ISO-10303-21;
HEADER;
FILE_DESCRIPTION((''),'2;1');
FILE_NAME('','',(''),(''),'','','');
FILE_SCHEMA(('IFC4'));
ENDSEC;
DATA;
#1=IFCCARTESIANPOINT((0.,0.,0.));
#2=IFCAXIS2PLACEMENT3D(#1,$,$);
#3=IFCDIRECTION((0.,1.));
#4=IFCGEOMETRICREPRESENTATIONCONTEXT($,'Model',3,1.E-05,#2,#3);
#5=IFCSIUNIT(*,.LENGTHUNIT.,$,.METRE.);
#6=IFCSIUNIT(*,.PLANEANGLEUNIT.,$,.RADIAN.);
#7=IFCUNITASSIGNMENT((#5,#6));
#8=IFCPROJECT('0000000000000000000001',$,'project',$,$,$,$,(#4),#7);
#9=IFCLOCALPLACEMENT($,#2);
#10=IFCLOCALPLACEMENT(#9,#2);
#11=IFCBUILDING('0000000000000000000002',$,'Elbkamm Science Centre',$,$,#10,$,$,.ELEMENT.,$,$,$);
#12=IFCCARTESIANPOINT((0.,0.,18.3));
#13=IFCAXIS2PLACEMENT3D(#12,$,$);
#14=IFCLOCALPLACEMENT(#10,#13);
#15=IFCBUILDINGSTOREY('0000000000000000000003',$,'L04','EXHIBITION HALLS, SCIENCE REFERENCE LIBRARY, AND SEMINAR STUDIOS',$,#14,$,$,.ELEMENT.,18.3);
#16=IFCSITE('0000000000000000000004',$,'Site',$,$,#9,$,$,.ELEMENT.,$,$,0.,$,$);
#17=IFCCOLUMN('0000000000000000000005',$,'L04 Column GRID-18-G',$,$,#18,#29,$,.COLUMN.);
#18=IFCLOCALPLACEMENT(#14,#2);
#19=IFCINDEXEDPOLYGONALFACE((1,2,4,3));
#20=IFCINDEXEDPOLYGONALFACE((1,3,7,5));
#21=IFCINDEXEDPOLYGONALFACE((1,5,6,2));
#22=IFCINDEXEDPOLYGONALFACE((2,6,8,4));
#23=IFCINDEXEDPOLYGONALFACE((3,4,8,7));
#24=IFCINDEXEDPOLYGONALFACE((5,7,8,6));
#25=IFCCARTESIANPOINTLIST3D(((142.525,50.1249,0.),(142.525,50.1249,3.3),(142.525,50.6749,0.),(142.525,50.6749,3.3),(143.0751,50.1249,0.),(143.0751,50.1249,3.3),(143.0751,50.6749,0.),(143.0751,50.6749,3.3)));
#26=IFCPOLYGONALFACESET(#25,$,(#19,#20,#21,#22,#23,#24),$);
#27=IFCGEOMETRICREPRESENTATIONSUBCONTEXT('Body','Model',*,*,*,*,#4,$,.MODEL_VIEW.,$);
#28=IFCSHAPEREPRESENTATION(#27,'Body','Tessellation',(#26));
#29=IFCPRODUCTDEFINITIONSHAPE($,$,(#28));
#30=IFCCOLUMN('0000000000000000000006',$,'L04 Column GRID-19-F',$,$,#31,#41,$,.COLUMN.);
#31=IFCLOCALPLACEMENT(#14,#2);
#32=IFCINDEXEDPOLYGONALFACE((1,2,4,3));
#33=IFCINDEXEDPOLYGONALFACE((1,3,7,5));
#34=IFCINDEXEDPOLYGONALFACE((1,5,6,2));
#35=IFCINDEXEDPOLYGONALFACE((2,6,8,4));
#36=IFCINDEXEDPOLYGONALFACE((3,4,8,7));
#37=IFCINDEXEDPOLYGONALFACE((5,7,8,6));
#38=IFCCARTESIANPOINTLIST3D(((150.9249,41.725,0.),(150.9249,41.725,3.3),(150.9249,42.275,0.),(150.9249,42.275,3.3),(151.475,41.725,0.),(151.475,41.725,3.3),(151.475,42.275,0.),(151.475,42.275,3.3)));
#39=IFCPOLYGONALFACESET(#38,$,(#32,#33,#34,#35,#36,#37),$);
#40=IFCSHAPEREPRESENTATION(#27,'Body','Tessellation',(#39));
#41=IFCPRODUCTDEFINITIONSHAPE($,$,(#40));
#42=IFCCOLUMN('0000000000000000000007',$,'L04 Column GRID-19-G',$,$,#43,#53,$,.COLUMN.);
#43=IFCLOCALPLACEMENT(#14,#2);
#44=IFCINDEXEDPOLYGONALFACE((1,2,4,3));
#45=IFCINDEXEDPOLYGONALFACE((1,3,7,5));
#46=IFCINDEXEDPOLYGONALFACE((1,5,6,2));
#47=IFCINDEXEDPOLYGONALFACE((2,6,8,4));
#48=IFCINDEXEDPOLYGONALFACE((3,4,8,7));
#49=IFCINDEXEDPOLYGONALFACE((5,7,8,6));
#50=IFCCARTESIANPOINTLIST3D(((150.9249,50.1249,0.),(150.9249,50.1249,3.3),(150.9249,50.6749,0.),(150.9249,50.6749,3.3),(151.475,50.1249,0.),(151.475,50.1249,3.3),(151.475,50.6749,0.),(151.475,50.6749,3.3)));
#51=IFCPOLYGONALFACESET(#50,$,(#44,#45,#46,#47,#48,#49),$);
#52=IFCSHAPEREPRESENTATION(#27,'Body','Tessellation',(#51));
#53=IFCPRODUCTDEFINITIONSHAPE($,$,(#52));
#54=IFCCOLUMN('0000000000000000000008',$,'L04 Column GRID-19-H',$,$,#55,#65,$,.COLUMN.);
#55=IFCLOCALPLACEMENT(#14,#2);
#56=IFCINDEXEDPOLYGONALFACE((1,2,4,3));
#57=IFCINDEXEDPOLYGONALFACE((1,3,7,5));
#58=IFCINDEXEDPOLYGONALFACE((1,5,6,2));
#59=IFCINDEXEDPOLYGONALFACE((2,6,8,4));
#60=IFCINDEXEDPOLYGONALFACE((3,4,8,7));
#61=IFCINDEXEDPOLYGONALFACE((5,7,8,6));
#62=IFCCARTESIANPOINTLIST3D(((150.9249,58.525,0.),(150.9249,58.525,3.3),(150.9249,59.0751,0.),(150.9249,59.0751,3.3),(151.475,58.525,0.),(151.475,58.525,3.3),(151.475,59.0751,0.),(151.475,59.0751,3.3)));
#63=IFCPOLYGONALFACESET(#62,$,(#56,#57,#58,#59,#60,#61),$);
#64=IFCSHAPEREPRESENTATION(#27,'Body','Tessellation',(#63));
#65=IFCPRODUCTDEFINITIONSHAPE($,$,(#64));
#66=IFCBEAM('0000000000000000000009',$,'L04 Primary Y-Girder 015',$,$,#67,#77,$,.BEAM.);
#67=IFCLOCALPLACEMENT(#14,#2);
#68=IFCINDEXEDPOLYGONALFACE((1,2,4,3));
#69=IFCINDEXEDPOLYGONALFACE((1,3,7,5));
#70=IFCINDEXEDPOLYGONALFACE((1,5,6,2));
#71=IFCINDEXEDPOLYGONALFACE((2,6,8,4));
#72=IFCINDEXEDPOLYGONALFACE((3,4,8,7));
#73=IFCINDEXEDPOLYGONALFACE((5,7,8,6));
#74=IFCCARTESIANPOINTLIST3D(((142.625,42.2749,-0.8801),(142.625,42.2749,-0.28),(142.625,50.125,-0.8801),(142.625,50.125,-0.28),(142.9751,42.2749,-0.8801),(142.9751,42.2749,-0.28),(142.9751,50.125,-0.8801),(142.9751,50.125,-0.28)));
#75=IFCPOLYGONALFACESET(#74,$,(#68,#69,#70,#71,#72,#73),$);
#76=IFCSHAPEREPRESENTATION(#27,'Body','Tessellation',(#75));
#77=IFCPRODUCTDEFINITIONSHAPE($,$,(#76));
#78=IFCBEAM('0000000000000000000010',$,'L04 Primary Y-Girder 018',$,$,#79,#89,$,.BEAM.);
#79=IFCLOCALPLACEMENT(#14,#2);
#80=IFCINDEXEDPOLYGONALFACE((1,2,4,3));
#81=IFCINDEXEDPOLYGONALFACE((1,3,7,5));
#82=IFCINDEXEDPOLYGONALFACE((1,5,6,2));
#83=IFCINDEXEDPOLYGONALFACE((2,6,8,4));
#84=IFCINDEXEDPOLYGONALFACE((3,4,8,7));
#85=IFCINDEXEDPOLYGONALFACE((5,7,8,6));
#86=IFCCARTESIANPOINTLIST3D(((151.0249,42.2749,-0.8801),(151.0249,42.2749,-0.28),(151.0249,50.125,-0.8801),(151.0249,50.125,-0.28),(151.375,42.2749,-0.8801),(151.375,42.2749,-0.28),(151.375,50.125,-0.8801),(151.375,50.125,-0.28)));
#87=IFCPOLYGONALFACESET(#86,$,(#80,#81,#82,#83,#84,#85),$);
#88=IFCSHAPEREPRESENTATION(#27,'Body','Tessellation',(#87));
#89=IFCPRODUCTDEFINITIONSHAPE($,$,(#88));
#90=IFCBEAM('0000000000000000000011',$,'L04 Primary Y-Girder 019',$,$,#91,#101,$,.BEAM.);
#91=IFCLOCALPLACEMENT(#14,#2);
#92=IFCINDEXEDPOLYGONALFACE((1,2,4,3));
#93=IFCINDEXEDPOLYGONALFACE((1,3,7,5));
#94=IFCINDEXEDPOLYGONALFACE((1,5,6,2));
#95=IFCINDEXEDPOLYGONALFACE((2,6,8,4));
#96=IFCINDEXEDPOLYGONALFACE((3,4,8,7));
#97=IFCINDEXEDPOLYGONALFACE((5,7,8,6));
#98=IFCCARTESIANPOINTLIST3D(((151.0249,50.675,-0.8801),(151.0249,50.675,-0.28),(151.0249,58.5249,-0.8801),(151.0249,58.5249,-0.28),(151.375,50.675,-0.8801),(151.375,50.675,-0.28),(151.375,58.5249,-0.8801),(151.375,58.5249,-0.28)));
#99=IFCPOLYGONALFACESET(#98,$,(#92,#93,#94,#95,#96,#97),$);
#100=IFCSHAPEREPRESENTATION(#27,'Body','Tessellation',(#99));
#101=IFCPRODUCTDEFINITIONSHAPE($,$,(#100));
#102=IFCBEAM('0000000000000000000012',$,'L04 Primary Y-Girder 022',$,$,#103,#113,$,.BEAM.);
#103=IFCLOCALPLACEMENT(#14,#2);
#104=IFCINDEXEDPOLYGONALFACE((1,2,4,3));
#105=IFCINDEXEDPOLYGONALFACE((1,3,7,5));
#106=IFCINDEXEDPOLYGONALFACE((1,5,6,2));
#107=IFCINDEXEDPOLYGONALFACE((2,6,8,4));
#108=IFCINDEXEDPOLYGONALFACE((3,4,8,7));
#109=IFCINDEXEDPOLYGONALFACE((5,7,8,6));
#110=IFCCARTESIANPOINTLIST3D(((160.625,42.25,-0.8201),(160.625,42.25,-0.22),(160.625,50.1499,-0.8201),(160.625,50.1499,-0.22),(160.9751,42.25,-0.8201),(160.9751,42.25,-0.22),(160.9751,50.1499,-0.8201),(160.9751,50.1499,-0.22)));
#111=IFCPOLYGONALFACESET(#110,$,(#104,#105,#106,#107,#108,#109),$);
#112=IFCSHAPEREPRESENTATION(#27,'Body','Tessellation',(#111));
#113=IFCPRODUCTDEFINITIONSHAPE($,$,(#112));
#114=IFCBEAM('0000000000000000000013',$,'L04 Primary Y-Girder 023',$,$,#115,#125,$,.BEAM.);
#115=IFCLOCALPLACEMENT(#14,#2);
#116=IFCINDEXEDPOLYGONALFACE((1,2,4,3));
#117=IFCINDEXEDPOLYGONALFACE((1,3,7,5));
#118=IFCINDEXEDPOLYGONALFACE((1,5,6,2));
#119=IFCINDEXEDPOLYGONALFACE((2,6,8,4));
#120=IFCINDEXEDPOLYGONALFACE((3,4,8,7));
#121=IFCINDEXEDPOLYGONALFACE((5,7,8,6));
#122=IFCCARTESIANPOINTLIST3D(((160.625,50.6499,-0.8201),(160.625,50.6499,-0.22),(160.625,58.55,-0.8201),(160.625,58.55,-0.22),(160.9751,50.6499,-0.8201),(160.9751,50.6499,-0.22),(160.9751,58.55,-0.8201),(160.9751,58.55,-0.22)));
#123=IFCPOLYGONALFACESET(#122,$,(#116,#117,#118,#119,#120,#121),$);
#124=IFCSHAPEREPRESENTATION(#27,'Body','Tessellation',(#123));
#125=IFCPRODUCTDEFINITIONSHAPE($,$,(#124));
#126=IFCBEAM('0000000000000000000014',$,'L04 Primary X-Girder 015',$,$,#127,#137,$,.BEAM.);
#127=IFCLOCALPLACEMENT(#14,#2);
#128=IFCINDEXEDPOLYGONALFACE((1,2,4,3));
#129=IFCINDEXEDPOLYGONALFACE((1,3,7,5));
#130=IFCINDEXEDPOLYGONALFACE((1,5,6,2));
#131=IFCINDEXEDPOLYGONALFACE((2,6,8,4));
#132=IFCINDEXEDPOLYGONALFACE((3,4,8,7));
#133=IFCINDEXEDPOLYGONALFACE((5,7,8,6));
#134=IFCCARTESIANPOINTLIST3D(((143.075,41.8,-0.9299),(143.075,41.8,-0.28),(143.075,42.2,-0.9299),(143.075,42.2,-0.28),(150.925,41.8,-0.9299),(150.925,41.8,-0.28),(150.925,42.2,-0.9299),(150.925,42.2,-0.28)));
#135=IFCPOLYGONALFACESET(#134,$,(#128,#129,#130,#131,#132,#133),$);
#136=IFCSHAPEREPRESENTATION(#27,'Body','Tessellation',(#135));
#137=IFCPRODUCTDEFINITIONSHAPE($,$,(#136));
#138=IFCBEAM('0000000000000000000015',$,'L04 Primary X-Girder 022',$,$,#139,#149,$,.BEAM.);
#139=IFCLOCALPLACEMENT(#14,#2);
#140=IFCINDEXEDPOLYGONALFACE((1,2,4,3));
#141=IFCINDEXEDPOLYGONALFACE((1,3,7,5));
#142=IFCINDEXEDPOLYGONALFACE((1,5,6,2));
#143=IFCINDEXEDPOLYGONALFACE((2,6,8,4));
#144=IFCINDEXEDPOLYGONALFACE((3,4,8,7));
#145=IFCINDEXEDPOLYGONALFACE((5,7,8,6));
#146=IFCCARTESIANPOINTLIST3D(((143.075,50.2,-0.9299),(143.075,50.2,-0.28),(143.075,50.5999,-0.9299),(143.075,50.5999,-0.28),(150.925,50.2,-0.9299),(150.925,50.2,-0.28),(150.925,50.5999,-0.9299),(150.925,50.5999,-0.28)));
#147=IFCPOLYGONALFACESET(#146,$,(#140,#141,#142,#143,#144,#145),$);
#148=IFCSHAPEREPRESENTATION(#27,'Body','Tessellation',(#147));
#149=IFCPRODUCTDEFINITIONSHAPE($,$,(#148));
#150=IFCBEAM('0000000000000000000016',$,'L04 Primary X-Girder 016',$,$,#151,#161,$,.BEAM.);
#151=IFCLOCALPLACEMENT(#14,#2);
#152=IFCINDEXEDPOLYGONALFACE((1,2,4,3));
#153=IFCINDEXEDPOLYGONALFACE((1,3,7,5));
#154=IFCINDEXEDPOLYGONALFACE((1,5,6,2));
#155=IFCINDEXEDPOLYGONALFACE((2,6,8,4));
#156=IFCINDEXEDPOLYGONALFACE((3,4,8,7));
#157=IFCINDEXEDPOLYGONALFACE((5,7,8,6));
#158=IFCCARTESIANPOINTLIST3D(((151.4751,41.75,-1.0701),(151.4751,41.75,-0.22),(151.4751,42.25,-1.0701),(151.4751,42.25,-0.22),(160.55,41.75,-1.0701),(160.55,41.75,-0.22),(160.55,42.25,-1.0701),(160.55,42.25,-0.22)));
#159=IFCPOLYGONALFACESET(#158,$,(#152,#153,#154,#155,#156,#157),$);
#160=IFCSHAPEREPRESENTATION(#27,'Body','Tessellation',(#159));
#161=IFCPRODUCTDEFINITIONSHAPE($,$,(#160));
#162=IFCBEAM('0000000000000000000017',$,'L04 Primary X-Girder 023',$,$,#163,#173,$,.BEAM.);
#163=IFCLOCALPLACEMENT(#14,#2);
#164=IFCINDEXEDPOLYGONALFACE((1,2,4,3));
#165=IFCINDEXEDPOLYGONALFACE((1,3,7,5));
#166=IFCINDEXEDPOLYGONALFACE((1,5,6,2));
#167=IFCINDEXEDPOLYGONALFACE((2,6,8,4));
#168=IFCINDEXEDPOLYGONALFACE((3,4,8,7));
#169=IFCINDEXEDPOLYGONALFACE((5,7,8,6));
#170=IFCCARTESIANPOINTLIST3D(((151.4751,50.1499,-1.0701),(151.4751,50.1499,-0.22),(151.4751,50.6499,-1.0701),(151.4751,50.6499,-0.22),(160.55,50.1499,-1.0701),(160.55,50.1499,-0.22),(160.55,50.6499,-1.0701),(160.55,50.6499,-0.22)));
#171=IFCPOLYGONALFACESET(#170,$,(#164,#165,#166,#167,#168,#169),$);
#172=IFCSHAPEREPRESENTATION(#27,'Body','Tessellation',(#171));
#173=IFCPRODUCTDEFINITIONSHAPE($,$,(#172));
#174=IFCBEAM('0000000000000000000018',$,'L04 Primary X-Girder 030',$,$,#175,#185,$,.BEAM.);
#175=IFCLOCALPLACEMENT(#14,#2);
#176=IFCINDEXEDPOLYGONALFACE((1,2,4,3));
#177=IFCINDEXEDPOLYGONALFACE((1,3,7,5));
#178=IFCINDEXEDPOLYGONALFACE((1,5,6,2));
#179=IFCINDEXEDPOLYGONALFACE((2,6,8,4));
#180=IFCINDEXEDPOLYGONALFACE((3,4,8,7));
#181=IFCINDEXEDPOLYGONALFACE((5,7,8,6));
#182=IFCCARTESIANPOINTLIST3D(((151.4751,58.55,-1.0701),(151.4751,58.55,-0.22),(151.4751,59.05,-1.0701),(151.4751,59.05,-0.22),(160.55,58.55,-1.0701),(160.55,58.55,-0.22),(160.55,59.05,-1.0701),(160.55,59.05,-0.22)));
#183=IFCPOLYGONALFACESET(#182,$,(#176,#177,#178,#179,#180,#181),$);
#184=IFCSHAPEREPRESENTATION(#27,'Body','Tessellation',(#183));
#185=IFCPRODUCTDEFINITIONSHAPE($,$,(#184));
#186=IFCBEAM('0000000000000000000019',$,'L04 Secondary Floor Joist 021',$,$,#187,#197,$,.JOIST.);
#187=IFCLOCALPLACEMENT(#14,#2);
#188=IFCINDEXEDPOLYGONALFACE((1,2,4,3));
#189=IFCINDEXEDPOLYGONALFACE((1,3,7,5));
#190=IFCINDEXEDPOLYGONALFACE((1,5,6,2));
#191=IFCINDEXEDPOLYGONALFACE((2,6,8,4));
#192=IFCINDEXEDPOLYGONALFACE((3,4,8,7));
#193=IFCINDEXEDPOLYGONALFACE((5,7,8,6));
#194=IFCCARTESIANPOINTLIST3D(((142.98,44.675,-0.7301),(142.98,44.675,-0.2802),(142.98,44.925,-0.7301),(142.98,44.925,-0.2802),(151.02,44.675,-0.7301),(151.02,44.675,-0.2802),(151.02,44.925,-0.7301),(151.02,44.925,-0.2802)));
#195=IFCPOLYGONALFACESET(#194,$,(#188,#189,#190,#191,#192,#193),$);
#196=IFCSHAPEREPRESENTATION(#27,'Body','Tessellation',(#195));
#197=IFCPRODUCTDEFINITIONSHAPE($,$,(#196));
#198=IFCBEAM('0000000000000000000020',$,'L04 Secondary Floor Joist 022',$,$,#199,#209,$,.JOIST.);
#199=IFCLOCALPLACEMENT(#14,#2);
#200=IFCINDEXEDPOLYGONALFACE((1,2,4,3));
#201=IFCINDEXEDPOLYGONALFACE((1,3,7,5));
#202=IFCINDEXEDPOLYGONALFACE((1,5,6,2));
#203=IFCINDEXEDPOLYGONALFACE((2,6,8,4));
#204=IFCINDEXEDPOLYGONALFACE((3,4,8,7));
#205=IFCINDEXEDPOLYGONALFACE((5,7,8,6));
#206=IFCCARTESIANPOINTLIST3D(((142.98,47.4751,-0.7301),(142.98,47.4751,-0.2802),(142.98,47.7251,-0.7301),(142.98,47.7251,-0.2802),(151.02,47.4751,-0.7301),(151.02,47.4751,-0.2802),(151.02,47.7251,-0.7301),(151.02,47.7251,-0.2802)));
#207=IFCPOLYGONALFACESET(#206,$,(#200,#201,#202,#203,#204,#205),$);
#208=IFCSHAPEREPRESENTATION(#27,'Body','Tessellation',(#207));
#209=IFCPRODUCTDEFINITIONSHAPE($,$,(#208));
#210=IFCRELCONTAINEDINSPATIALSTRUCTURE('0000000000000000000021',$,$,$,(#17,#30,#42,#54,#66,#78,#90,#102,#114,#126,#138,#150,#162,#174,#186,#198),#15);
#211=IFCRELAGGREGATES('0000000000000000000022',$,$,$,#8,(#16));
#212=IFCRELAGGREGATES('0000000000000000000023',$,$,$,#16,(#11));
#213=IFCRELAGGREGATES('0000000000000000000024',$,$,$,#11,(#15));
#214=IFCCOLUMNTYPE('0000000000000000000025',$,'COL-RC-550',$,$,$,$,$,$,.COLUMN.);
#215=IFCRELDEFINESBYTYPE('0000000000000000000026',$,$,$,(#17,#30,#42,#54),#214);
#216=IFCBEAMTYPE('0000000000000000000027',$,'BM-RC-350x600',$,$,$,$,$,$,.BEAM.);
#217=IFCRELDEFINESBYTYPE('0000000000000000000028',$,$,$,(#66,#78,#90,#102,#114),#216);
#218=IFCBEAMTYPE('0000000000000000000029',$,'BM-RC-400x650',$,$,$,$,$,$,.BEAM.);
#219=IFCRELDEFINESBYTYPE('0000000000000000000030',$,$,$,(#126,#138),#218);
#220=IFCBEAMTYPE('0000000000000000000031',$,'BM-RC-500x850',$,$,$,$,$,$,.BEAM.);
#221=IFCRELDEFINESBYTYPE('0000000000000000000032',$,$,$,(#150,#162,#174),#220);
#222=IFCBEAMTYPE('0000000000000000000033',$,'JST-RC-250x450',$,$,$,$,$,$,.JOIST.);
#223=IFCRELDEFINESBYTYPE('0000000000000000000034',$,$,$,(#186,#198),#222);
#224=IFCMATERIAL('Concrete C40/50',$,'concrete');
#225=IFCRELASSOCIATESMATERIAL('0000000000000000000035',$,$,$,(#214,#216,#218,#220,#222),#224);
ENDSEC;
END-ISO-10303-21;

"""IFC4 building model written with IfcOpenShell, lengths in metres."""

from ifc_helpers import new_model, si_unit, direction, frame, origin, origin_2d, place, context, subcontext, project, spatial, rectangle, extrude, material, material_profile, profile_set, type_object, element, save


model = new_model("IFC4")

# Units and contexts
model_context = context("Model", 3, precision=1e-05, world=origin(), true_north=direction((0.0, 1.0)))
body_context = subcontext(model_context, "Body", "Model", "MODEL_VIEW")
ifc_project = project(units=[si_unit("LENGTHUNIT", "METRE"), si_unit("PLANEANGLEUNIT", "RADIAN")], contexts=[model_context])

# Site, building, storey
site_placement = place(None, origin())
site = spatial("IfcSite", under=ifc_project, at=site_placement, Name="Site", CompositionType="ELEMENT", RefElevation=0.0)
building_placement = place(site_placement, origin())
building = spatial("IfcBuilding", under=site, at=building_placement, Name="Elbkamm Science Centre", CompositionType="ELEMENT")
storey_placement = place(building_placement, frame((0.0, 0.0, 18.3)))
storey = spatial("IfcBuildingStorey", under=building, at=storey_placement, Name="L04", Description="EXHIBITION HALLS, SCIENCE REFERENCE LIBRARY, AND SEMINAR STUDIOS", CompositionType="ELEMENT", Elevation=18.3)

# Columns
ifc_material_1 = material(Name="Concrete C40/50", Category="concrete")
ifc_material_profile_1 = material_profile(ifc_material_1, rectangle(XDim=0.55, YDim=0.55, at=origin_2d()), Name="RC 550x550")
ifc_profile_set_1 = profile_set([ifc_material_profile_1], Name="Concrete C40/50")
column_type = type_object("IfcColumnType", Name="COL-RC-550", PredefinedType="COLUMN", material=ifc_profile_set_1)
for number, where, z_axis, x_axis, name in (
    (1, (142.8, 50.3999, 0.0), (0.0, 0.0, 1.0), (1.0, 0.0, 0.0), "L04 Column GRID-18-G"),
    (2, (151.2, 42.0, 0.0), (0.0, 0.0, 1.0), (1.0, 0.0, 0.0), "L04 Column GRID-19-F"),
    (3, (151.2, 50.3999, 0.0), (0.0, 0.0, 1.0), (1.0, 0.0, 0.0), "L04 Column GRID-19-G"),
    (4, (151.2, 58.8, 0.0), (0.0, 0.0, 1.0), (1.0, 0.0, 0.0), "L04 Column GRID-19-H"),
):
    element("IfcColumn", number, at=place(storey_placement, frame(where, z_axis=z_axis, x_axis=x_axis)), inside=storey, type_object=column_type, Name=name, PredefinedType="COLUMN", context=body_context, shape_type="SweptSolid", body=[
        extrude(rectangle(XDim=0.55, YDim=0.55, at=origin_2d()), origin(), (0.0, 0.0, 1.0), 3.3),
    ])

# Beams
ifc_material_profile_2 = material_profile(ifc_material_1, rectangle(XDim=0.3501, YDim=0.6001, at=origin_2d()), Name="RC 350x600")
ifc_profile_set_2 = profile_set([ifc_material_profile_2], Name="Concrete C40/50")
beam_type_1 = type_object("IfcBeamType", Name="BM-RC-350x600", PredefinedType="BEAM", material=ifc_profile_set_2)
for number, where, z_axis, x_axis, name in (
    (5, (142.8, 42.2749, -0.5801), (0.0, 1.0, 0.0), (-1.0, 0.0, 0.0), "L04 Primary Y-Girder 015"),
    (6, (151.2, 42.2749, -0.5801), (0.0, 1.0, 0.0), (-1.0, 0.0, 0.0), "L04 Primary Y-Girder 018"),
):
    element("IfcBeam", number, at=place(storey_placement, frame(where, z_axis=z_axis, x_axis=x_axis)), inside=storey, type_object=beam_type_1, Name=name, PredefinedType="BEAM", context=body_context, shape_type="SweptSolid", body=[
        extrude(rectangle(XDim=0.3501, YDim=0.6001, at=origin_2d()), origin(), (0.0, 0.0, 1.0), 7.8501),
    ])
beam_1_placement = place(storey_placement, frame((151.2, 50.675, -0.5801), z_axis=(0.0, 1.0, 0.0), x_axis=(-1.0, 0.0, 0.0)))
element("IfcBeam", 7, at=beam_1_placement, inside=storey, type_object=beam_type_1, Name="L04 Primary Y-Girder 019", PredefinedType="BEAM", context=body_context, shape_type="SweptSolid", body=[
    extrude(rectangle(XDim=0.3501, YDim=0.6001, at=origin_2d()), origin(), (0.0, 0.0, 1.0), 7.8499),
])
beam_2_placement = place(storey_placement, frame((160.8, 42.25, -0.52), z_axis=(0.0, 1.0, 0.0), x_axis=(-1.0, 0.0, 0.0)))
element("IfcBeam", 8, at=beam_2_placement, inside=storey, type_object=beam_type_1, Name="L04 Primary Y-Girder 022", PredefinedType="BEAM", context=body_context, shape_type="SweptSolid", body=[
    extrude(rectangle(XDim=0.3501, YDim=0.6001, at=origin_2d()), origin(), (0.0, 0.0, 1.0), 7.8999),
])
beam_3_placement = place(storey_placement, frame((160.8, 50.6499, -0.52), z_axis=(0.0, 1.0, 0.0), x_axis=(-1.0, 0.0, 0.0)))
element("IfcBeam", 9, at=beam_3_placement, inside=storey, type_object=beam_type_1, Name="L04 Primary Y-Girder 023", PredefinedType="BEAM", context=body_context, shape_type="SweptSolid", body=[
    extrude(rectangle(XDim=0.3501, YDim=0.6001, at=origin_2d()), origin(), (0.0, 0.0, 1.0), 7.9001),
])
ifc_material_profile_3 = material_profile(ifc_material_1, rectangle(XDim=0.3999, YDim=0.6499, at=origin_2d()), Name="RC 400x650")
ifc_profile_set_3 = profile_set([ifc_material_profile_3], Name="Concrete C40/50")
beam_type_2 = type_object("IfcBeamType", Name="BM-RC-400x650", PredefinedType="BEAM", material=ifc_profile_set_3)
for number, where, z_axis, x_axis, name in (
    (10, (143.075, 42.0, -0.605), (1.0, 0.0, 0.0), (0.0, 1.0, 0.0), "L04 Primary X-Girder 015"),
    (11, (143.075, 50.3999, -0.605), (1.0, 0.0, 0.0), (0.0, 1.0, 0.0), "L04 Primary X-Girder 022"),
):
    element("IfcBeam", number, at=place(storey_placement, frame(where, z_axis=z_axis, x_axis=x_axis)), inside=storey, type_object=beam_type_2, Name=name, PredefinedType="BEAM", context=body_context, shape_type="SweptSolid", body=[
        extrude(rectangle(XDim=0.3999, YDim=0.6499, at=origin_2d()), origin(), (0.0, 0.0, 1.0), 7.8501),
    ])
ifc_material_profile_4 = material_profile(ifc_material_1, rectangle(XDim=0.5, YDim=0.8501, at=origin_2d()), Name="RC 500x850")
ifc_profile_set_4 = profile_set([ifc_material_profile_4], Name="Concrete C40/50")
beam_type_3 = type_object("IfcBeamType", Name="BM-RC-500x850", PredefinedType="BEAM", material=ifc_profile_set_4)
for number, where, z_axis, x_axis, name in (
    (12, (151.4751, 42.0, -0.645), (1.0, 0.0, 0.0), (0.0, 1.0, 0.0), "L04 Primary X-Girder 016"),
    (13, (151.4751, 50.3999, -0.645), (1.0, 0.0, 0.0), (0.0, 1.0, 0.0), "L04 Primary X-Girder 023"),
    (14, (151.4751, 58.8, -0.645), (1.0, 0.0, 0.0), (0.0, 1.0, 0.0), "L04 Primary X-Girder 030"),
):
    element("IfcBeam", number, at=place(storey_placement, frame(where, z_axis=z_axis, x_axis=x_axis)), inside=storey, type_object=beam_type_3, Name=name, PredefinedType="BEAM", context=body_context, shape_type="SweptSolid", body=[
        extrude(rectangle(XDim=0.5, YDim=0.8501, at=origin_2d()), origin(), (0.0, 0.0, 1.0), 9.075),
    ])
ifc_material_profile_5 = material_profile(ifc_material_1, rectangle(XDim=0.25, YDim=0.45, at=origin_2d()), Name="RC 250x450")
ifc_profile_set_5 = profile_set([ifc_material_profile_5], Name="Concrete C40/50")
beam_type_4 = type_object("IfcBeamType", Name="JST-RC-250x450", PredefinedType="JOIST", material=ifc_profile_set_5)
for number, where, z_axis, x_axis, name in (
    (15, (142.98, 44.8, -0.5051), (1.0, 0.0, 0.0), (0.0, 1.0, 0.0), "L04 Secondary Floor Joist 021"),
    (16, (142.98, 47.6001, -0.5051), (1.0, 0.0, 0.0), (0.0, 1.0, 0.0), "L04 Secondary Floor Joist 022"),
):
    element("IfcBeam", number, at=place(storey_placement, frame(where, z_axis=z_axis, x_axis=x_axis)), inside=storey, type_object=beam_type_4, Name=name, PredefinedType="JOIST", context=body_context, shape_type="SweptSolid", body=[
        extrude(rectangle(XDim=0.25, YDim=0.45, at=origin_2d()), origin(), (0.0, 0.0, 1.0), 8.04),
    ])

save(model, "model.ifc")
